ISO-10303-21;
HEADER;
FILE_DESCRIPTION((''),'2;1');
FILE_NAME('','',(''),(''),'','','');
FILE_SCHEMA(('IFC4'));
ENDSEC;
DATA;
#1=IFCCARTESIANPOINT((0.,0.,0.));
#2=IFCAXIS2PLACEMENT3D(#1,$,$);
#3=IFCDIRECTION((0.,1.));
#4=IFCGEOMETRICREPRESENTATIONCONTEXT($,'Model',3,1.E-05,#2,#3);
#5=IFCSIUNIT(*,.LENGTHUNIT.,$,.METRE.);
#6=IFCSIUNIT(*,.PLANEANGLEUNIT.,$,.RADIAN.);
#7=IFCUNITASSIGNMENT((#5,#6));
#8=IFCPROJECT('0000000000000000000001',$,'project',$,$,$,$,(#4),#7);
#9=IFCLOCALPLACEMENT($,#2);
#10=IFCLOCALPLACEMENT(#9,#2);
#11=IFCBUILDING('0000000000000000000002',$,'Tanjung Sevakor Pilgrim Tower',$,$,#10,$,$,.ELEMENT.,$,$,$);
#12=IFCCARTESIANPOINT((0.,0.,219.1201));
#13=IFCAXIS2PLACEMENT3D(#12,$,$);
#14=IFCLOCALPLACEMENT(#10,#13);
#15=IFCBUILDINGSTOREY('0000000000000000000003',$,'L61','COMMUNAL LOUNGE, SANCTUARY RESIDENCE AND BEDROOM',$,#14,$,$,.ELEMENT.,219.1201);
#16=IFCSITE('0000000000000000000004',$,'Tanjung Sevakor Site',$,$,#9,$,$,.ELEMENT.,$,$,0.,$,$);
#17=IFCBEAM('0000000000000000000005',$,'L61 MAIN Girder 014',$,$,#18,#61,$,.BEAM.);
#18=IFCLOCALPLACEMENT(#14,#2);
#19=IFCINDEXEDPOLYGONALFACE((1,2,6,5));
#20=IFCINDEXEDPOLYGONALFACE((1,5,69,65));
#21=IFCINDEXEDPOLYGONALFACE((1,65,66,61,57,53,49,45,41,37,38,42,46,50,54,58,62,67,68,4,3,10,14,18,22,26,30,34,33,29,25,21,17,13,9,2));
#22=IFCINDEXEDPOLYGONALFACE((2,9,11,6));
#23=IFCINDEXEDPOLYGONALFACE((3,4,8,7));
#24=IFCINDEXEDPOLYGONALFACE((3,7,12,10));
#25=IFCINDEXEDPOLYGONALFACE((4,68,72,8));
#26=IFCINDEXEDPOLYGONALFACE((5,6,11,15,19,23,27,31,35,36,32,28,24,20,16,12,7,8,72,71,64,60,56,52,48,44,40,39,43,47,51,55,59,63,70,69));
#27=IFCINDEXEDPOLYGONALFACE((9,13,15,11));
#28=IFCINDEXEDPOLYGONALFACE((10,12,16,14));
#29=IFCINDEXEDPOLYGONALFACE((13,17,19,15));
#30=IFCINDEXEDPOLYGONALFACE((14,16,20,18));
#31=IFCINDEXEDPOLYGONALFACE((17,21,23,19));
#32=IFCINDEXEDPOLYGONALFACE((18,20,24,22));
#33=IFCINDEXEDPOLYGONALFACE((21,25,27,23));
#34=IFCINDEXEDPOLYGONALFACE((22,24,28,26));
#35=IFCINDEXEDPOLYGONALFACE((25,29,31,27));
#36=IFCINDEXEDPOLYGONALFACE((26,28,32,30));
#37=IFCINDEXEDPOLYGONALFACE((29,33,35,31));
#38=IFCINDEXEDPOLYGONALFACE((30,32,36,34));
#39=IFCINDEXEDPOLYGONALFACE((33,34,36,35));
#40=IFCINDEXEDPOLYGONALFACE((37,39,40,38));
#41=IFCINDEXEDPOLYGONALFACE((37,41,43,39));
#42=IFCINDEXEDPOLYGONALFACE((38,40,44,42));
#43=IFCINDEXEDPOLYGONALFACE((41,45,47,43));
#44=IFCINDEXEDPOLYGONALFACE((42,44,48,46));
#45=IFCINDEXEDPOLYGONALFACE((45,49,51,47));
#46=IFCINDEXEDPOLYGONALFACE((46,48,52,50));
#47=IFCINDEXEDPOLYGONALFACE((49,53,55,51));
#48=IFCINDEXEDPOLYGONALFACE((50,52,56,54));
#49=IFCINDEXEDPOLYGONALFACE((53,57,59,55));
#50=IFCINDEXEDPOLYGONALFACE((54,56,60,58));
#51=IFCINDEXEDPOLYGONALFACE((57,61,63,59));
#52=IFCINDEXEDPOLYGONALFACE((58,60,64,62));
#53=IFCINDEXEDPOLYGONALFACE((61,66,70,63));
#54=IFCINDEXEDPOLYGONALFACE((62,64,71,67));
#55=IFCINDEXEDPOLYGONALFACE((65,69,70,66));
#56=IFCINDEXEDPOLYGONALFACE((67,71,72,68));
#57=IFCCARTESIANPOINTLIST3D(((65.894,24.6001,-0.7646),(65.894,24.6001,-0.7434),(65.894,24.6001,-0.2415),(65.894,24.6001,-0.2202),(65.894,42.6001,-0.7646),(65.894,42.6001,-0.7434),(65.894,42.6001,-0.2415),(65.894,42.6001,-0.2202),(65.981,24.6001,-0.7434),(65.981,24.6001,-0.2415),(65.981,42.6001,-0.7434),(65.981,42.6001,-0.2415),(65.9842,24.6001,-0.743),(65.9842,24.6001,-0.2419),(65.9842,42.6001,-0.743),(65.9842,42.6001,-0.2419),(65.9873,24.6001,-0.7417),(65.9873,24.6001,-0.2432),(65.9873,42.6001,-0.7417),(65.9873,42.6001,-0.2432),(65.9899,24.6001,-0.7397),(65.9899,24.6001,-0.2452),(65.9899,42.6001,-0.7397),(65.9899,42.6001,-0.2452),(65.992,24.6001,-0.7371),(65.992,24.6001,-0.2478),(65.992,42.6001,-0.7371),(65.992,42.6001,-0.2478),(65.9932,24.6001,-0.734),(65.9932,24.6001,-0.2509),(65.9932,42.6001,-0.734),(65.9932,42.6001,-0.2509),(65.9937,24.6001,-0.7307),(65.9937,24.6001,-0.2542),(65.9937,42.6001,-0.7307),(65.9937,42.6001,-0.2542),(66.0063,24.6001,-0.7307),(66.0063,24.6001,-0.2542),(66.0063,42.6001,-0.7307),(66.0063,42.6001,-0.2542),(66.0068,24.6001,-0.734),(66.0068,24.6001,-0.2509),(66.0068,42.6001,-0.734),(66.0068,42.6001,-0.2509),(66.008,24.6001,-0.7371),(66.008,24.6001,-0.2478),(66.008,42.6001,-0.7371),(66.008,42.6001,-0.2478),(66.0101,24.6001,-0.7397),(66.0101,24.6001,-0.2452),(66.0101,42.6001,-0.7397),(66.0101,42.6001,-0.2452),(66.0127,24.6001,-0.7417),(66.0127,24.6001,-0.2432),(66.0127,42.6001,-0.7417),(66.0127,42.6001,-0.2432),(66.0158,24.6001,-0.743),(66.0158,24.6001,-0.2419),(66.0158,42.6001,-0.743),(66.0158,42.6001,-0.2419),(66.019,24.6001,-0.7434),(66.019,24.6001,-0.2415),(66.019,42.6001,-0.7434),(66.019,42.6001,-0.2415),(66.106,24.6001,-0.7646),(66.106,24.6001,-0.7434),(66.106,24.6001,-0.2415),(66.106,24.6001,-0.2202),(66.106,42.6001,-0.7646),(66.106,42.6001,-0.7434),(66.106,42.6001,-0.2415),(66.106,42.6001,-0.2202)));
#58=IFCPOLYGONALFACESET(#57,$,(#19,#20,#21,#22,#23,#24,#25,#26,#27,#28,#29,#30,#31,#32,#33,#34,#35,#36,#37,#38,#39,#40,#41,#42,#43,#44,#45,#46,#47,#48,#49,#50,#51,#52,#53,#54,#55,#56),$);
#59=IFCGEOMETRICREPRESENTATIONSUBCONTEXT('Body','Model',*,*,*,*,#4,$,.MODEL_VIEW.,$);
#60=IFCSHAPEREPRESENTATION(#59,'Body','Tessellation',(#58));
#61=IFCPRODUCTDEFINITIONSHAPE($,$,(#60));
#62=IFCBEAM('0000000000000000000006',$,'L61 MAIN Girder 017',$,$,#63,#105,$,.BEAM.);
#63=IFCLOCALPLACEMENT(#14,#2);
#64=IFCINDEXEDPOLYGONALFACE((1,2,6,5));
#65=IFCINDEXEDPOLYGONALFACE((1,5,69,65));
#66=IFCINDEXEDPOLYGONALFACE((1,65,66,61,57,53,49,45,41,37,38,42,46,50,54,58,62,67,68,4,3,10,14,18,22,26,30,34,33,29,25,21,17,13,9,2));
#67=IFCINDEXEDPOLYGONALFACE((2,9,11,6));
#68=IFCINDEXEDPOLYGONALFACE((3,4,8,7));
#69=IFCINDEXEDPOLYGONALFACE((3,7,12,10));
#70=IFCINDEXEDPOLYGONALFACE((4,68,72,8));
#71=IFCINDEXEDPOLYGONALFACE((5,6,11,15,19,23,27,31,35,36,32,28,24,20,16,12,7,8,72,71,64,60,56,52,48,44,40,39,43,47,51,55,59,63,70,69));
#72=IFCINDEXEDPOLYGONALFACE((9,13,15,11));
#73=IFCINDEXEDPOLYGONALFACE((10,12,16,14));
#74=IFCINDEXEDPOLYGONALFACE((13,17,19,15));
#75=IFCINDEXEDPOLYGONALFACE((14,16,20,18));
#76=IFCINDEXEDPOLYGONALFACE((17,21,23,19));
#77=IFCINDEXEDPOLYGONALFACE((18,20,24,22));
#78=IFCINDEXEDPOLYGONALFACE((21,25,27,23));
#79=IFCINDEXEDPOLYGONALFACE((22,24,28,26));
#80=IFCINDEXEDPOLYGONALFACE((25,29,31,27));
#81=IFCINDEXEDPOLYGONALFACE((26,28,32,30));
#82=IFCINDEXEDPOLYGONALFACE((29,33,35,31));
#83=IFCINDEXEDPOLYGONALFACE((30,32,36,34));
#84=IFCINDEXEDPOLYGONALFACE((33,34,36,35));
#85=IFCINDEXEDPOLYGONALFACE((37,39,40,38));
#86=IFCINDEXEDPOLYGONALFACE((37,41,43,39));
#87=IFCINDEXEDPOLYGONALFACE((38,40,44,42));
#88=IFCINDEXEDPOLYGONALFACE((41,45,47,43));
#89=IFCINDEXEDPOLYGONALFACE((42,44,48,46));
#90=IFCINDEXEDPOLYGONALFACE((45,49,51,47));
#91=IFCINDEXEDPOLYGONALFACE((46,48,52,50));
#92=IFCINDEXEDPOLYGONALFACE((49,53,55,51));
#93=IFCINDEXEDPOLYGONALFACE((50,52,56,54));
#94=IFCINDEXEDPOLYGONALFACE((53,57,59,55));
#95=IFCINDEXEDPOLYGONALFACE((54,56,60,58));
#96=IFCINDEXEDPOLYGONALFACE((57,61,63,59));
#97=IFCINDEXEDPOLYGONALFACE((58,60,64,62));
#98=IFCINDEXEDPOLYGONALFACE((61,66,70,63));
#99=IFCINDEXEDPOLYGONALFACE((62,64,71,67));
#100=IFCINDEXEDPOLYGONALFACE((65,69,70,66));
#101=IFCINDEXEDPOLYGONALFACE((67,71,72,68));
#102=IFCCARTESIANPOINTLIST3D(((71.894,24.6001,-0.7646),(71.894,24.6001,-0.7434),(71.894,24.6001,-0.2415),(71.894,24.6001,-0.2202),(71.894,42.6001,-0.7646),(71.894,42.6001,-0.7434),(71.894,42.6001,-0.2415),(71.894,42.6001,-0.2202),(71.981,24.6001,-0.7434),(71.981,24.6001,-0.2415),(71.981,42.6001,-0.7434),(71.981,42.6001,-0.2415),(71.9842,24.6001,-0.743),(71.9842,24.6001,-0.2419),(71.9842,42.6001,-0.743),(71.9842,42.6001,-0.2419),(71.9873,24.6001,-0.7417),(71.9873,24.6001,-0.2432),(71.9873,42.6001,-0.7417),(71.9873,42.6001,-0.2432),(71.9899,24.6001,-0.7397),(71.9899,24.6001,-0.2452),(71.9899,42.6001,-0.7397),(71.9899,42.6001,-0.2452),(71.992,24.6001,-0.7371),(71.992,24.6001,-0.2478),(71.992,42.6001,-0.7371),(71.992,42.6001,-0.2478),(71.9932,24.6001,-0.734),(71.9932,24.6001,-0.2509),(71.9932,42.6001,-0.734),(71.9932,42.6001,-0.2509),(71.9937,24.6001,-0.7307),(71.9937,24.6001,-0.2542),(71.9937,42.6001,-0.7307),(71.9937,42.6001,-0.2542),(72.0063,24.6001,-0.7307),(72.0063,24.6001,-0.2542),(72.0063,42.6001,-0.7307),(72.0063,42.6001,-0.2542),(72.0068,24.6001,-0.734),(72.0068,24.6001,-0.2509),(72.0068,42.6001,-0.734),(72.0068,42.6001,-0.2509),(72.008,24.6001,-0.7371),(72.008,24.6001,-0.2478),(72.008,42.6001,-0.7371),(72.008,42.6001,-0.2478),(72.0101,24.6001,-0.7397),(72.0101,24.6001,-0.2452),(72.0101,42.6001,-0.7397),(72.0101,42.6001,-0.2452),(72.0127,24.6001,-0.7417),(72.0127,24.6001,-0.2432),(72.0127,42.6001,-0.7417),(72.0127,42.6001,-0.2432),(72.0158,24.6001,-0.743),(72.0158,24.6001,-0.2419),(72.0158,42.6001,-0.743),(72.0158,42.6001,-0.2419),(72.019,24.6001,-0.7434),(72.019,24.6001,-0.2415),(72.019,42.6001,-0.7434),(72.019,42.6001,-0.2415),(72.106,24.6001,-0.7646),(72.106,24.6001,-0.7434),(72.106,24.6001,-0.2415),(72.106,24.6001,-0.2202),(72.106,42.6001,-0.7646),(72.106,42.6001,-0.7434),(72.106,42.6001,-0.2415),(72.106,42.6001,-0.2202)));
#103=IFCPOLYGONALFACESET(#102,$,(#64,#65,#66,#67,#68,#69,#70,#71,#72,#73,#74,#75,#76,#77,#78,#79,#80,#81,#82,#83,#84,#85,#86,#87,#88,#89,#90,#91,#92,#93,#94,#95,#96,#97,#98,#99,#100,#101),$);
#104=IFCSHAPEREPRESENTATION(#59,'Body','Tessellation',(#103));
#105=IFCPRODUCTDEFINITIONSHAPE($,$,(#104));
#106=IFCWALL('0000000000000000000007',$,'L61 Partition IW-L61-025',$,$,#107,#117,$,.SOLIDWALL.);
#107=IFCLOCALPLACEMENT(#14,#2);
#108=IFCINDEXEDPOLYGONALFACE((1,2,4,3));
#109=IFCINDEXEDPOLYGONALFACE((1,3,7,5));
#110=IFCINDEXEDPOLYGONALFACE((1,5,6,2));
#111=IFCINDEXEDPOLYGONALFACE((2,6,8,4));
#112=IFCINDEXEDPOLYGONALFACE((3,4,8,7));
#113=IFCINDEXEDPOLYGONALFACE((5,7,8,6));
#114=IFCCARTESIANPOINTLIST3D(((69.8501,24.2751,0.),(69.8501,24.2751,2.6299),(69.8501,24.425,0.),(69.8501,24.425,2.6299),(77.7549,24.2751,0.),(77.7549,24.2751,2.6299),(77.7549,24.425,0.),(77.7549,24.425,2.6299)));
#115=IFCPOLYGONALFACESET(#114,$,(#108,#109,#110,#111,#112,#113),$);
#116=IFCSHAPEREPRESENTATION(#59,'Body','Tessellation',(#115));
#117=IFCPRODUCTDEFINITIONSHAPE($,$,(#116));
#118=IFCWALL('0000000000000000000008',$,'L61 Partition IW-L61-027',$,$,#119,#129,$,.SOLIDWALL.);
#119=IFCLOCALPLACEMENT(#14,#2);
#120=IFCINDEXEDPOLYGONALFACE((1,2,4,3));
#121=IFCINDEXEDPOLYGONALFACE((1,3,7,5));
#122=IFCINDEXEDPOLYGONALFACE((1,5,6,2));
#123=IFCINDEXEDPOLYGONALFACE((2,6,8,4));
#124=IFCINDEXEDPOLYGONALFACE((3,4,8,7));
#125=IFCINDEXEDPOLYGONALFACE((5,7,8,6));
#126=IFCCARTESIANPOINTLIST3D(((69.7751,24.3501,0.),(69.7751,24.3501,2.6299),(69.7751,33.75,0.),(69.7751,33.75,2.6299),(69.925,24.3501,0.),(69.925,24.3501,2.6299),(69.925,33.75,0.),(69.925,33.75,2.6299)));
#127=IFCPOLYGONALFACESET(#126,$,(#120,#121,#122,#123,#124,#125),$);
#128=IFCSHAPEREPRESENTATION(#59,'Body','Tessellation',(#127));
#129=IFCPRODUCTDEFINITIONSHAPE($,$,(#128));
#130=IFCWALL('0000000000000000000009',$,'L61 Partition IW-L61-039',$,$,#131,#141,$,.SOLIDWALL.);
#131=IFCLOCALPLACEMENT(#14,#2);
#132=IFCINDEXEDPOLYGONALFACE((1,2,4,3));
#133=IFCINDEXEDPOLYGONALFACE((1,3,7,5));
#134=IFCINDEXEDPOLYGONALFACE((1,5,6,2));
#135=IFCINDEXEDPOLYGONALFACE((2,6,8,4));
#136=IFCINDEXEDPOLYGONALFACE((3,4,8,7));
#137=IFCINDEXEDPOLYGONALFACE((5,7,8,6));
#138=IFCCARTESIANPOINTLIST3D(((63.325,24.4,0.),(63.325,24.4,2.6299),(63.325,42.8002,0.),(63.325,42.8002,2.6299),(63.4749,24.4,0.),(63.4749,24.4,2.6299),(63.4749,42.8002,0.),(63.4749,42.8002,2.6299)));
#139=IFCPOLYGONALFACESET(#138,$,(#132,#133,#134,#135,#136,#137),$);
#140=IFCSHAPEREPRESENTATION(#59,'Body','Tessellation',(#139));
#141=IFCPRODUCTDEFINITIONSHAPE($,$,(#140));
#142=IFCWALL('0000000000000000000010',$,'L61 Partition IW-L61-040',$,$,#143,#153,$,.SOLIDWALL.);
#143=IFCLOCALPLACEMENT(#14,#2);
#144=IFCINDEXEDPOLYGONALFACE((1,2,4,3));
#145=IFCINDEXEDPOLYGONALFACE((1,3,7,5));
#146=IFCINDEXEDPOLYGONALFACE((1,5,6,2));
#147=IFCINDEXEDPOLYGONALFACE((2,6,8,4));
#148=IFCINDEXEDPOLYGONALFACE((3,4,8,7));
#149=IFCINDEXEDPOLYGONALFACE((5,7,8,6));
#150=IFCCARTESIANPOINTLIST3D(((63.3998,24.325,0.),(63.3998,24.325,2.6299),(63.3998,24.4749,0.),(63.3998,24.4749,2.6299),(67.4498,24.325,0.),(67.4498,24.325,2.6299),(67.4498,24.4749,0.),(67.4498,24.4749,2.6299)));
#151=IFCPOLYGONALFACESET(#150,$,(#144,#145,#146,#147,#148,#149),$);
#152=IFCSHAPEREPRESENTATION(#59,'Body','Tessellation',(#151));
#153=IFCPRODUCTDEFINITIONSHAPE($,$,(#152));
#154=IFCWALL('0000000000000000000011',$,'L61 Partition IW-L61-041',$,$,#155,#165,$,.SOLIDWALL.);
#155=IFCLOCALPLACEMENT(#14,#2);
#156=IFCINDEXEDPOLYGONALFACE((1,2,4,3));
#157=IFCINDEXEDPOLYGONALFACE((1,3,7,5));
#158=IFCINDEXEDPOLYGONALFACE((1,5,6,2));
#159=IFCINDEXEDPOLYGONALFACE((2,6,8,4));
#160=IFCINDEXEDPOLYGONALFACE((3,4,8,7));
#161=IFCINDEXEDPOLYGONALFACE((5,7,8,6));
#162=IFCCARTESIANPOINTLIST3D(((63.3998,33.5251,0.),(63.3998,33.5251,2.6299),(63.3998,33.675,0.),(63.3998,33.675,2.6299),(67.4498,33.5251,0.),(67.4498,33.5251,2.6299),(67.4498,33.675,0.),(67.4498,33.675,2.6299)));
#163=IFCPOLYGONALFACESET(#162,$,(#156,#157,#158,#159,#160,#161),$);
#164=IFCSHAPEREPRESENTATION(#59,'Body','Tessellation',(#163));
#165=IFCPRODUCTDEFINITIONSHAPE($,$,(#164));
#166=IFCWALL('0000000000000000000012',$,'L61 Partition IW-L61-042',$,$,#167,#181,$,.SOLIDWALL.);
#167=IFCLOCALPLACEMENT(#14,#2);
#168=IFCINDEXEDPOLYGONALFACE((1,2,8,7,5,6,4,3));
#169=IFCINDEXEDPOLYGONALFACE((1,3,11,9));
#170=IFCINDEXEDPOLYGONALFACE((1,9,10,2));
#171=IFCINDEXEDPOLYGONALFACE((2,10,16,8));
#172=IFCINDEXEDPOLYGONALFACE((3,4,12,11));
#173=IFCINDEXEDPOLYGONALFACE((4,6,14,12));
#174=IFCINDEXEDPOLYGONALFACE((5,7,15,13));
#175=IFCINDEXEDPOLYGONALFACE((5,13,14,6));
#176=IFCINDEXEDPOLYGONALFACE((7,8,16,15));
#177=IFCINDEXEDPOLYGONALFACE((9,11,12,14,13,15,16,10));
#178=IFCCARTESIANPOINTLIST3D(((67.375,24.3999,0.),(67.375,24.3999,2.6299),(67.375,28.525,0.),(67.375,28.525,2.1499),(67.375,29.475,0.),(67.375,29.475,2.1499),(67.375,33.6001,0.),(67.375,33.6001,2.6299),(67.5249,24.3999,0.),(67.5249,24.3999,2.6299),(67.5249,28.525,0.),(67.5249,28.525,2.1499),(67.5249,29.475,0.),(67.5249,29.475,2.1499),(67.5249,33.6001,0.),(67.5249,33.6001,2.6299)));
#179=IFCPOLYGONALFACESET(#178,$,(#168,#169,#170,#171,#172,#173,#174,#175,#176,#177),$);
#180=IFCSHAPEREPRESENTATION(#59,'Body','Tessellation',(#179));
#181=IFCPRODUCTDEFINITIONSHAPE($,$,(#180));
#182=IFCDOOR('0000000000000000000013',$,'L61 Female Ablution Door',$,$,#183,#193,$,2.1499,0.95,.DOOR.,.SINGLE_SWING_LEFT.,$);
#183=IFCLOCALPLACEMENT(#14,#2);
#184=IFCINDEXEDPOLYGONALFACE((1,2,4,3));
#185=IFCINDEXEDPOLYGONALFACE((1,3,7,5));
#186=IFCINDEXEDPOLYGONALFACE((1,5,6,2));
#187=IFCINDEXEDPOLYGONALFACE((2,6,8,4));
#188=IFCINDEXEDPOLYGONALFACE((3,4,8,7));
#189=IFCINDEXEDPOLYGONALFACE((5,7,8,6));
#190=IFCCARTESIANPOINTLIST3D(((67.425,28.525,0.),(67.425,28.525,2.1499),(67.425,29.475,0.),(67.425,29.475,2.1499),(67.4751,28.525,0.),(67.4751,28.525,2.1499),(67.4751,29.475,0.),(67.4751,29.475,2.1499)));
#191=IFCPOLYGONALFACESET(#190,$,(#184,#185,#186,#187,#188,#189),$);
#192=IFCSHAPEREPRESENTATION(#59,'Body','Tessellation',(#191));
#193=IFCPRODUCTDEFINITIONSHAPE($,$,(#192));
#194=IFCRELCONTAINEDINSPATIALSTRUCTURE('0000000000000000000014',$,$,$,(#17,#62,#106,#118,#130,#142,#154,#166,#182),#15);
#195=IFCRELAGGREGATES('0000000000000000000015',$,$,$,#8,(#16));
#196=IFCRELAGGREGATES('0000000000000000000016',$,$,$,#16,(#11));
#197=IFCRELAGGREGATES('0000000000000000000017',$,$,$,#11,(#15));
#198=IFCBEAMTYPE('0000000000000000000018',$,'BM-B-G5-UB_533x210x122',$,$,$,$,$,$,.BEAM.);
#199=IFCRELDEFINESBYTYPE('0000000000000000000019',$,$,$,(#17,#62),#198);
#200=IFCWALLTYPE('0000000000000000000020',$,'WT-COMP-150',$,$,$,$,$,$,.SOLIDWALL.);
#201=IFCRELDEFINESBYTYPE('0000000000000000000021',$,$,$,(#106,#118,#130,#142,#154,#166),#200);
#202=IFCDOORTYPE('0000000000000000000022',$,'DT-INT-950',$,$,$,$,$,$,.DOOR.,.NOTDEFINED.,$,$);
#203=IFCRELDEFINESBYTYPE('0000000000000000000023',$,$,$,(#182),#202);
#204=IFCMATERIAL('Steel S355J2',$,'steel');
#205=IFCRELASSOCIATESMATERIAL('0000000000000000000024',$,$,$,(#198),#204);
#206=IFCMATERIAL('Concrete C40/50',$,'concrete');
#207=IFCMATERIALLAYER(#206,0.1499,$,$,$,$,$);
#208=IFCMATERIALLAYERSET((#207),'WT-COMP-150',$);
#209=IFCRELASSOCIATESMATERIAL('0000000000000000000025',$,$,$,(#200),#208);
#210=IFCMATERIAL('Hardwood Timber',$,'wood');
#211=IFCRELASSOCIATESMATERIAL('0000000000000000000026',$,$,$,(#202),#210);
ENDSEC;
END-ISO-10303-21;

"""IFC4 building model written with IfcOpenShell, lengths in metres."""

from ifc_helpers import new_model, si_unit, direction, frame, frame_2d, origin, origin_2d, place, context, subcontext, project, spatial, rectangle, i_section, extrude, material, layer, layer_set, material_profile, profile_set, type_object, element, fill, save


model = new_model("IFC4")

# Units and contexts
model_context = context("Model", 3, precision=1e-05, world=origin(), true_north=direction((0.0, 1.0)))
body_context = subcontext(model_context, "Body", "Model", "MODEL_VIEW")
ifc_project = project(units=[si_unit("LENGTHUNIT", "METRE"), si_unit("PLANEANGLEUNIT", "RADIAN")], contexts=[model_context])

# Site, building, storey
site_placement = place(None, origin())
site = spatial("IfcSite", under=ifc_project, at=site_placement, Name="Tanjung Sevakor Site", CompositionType="ELEMENT", RefElevation=0.0)
building_placement = place(site_placement, origin())
building = spatial("IfcBuilding", under=site, at=building_placement, Name="Tanjung Sevakor Pilgrim Tower", CompositionType="ELEMENT")
storey_placement = place(building_placement, frame((0.0, 0.0, 219.1201)))
storey = spatial("IfcBuildingStorey", under=building, at=storey_placement, Name="L61", Description="COMMUNAL LOUNGE, SANCTUARY RESIDENCE AND BEDROOM", CompositionType="ELEMENT", Elevation=219.1201)

# Beams
ifc_material_1 = material(Name="Steel S355J2", Category="steel")
ifc_material_profile_1 = material_profile(ifc_material_1, i_section(OverallWidth=0.2119, OverallDepth=0.5444, WebThickness=0.0127, FlangeThickness=0.0212, FilletRadius=0.0127, at=origin_2d()))
ifc_profile_set_1 = profile_set([ifc_material_profile_1], Name="Steel S355J2")
beam_type_1 = type_object("IfcBeamType", Name="BM-B-G5-UB_533x210x122", PredefinedType="BEAM", material=ifc_profile_set_1)
for number, where, z_axis, x_axis, name in (
    (1, (66.0, 24.6001, -0.4924), (0.0, 1.0, 0.0), (-1.0, 0.0, 0.0), "L61 MAIN Girder 014"),
    (2, (72.0, 24.6001, -0.4924), (0.0, 1.0, 0.0), (-1.0, 0.0, 0.0), "L61 MAIN Girder 017"),
):
    element("IfcBeam", number, at=place(storey_placement, frame(where, z_axis=z_axis, x_axis=x_axis)), inside=storey, type_object=beam_type_1, Name=name, PredefinedType="BEAM", context=body_context, shape_type="SweptSolid", body=[
        extrude(i_section(OverallWidth=0.2119, OverallDepth=0.5444, WebThickness=0.0127, FlangeThickness=0.0212, FilletRadius=0.0127, at=origin_2d()), origin(), (0.0, 0.0, 1.0), 18.0),
    ])

# Walls
ifc_material_2 = material(Name="Concrete C40/50", Category="concrete")
ifc_layer_1 = layer(ifc_material_2, 0.1499)
ifc_layer_set_1 = layer_set([ifc_layer_1], Name="WT-COMP-150")
wall_type_1 = type_object("IfcWallType", Name="WT-COMP-150", PredefinedType="SOLIDWALL", material=ifc_layer_set_1)
wall_1_placement = place(storey_placement, frame((69.8501, 24.3501, 0.0), z_axis=(0.0, 0.0, 1.0), x_axis=(1.0, 0.0, 0.0)))
element("IfcWall", 3, at=wall_1_placement, inside=storey, type_object=wall_type_1, Name="L61 Partition IW-L61-025", PredefinedType="SOLIDWALL", context=body_context, shape_type="SweptSolid", body=[
    extrude(rectangle(XDim=7.9048, YDim=0.1499, at=frame_2d((3.9524, 0.0))), origin(), (0.0, 0.0, 1.0), 2.6299),
])
wall_2_placement = place(storey_placement, frame((69.8501, 24.3501, 0.0), z_axis=(0.0, 0.0, 1.0), x_axis=(0.0, 1.0, 0.0)))
element("IfcWall", 4, at=wall_2_placement, inside=storey, type_object=wall_type_1, Name="L61 Partition IW-L61-027", PredefinedType="SOLIDWALL", context=body_context, shape_type="SweptSolid", body=[
    extrude(rectangle(XDim=9.3999, YDim=0.1499, at=frame_2d((4.7, 0.0))), origin(), (0.0, 0.0, 1.0), 2.6299),
])
wall_3_placement = place(storey_placement, frame((63.3999, 24.3999, 0.0), z_axis=(0.0, 0.0, 1.0), x_axis=(0.0, 1.0, 0.0)))
element("IfcWall", 5, at=wall_3_placement, inside=storey, type_object=wall_type_1, Name="L61 Partition IW-L61-039", PredefinedType="SOLIDWALL", context=body_context, shape_type="SweptSolid", body=[
    extrude(rectangle(XDim=18.4001, YDim=0.1499, at=frame_2d((9.2002, 0.0))), origin(), (0.0, 0.0, 1.0), 2.6299),
])
for number, where, z_axis, x_axis, name in (
    (6, (63.3999, 24.3999, 0.0), (0.0, 0.0, 1.0), (1.0, 0.0, 0.0), "L61 Partition IW-L61-040"),
    (7, (63.3999, 33.6001, 0.0), (0.0, 0.0, 1.0), (1.0, 0.0, 0.0), "L61 Partition IW-L61-041"),
):
    element("IfcWall", number, at=place(storey_placement, frame(where, z_axis=z_axis, x_axis=x_axis)), inside=storey, type_object=wall_type_1, Name=name, PredefinedType="SOLIDWALL", context=body_context, shape_type="SweptSolid", body=[
        extrude(rectangle(XDim=4.05, YDim=0.1499, at=frame_2d((2.0249, 0.0))), origin(), (0.0, 0.0, 1.0), 2.6299),
    ])

# Wall, opening, door
wall_4_placement = place(storey_placement, frame((67.45, 24.3999, 0.0), z_axis=(0.0, 0.0, 1.0), x_axis=(0.0, 1.0, 0.0)))
wall_4 = element("IfcWall", 8, at=wall_4_placement, inside=storey, type_object=wall_type_1, Name="L61 Partition IW-L61-042", PredefinedType="SOLIDWALL", context=body_context, shape_type="SweptSolid", body=[
    extrude(rectangle(XDim=9.2002, YDim=0.1499, at=frame_2d((4.6001, 0.0))), origin(), (0.0, 0.0, 1.0), 2.6299),
])
opening_1_placement = place(wall_4_placement, frame((4.125, 0.0, 0.0)))
opening_1 = element("IfcOpeningElement", 9, at=opening_1_placement, cuts=wall_4, PredefinedType="OPENING", context=body_context, shape_type="SweptSolid", body=[
    extrude(rectangle(XDim=0.95, YDim=2.1499, at=frame_2d((0.4751, 1.075))), frame((0.0, 0.085, 0.0), z_axis=(0.0, -1.0, 0.0), x_axis=(1.0, 0.0, 0.0)), (0.0, 0.0, 1.0), 0.1699),
])
ifc_material_3 = material(Name="Hardwood Timber", Category="wood")
door_type_1 = type_object("IfcDoorType", Name="DT-INT-950", OperationType="NOTDEFINED", PredefinedType="DOOR", material=ifc_material_3)
door_1_placement = place(opening_1_placement, origin())
door_1 = element("IfcDoor", 10, at=door_1_placement, inside=storey, type_object=door_type_1, Name="L61 Female Ablution Door", OperationType="SINGLE_SWING_LEFT", OverallHeight=2.1499, OverallWidth=0.95, PredefinedType="DOOR", context=body_context, shape_type="SweptSolid", body=[
    extrude(rectangle(XDim=0.95, YDim=2.1499, at=frame_2d((0.4751, 1.075))), frame((0.0, 0.0249, 0.0), z_axis=(0.0, -1.0, 0.0), x_axis=(1.0, 0.0, 0.0)), (0.0, 0.0, 1.0), 0.05),
])
fill(opening_1, door_1)

save(model, "model.ifc")
